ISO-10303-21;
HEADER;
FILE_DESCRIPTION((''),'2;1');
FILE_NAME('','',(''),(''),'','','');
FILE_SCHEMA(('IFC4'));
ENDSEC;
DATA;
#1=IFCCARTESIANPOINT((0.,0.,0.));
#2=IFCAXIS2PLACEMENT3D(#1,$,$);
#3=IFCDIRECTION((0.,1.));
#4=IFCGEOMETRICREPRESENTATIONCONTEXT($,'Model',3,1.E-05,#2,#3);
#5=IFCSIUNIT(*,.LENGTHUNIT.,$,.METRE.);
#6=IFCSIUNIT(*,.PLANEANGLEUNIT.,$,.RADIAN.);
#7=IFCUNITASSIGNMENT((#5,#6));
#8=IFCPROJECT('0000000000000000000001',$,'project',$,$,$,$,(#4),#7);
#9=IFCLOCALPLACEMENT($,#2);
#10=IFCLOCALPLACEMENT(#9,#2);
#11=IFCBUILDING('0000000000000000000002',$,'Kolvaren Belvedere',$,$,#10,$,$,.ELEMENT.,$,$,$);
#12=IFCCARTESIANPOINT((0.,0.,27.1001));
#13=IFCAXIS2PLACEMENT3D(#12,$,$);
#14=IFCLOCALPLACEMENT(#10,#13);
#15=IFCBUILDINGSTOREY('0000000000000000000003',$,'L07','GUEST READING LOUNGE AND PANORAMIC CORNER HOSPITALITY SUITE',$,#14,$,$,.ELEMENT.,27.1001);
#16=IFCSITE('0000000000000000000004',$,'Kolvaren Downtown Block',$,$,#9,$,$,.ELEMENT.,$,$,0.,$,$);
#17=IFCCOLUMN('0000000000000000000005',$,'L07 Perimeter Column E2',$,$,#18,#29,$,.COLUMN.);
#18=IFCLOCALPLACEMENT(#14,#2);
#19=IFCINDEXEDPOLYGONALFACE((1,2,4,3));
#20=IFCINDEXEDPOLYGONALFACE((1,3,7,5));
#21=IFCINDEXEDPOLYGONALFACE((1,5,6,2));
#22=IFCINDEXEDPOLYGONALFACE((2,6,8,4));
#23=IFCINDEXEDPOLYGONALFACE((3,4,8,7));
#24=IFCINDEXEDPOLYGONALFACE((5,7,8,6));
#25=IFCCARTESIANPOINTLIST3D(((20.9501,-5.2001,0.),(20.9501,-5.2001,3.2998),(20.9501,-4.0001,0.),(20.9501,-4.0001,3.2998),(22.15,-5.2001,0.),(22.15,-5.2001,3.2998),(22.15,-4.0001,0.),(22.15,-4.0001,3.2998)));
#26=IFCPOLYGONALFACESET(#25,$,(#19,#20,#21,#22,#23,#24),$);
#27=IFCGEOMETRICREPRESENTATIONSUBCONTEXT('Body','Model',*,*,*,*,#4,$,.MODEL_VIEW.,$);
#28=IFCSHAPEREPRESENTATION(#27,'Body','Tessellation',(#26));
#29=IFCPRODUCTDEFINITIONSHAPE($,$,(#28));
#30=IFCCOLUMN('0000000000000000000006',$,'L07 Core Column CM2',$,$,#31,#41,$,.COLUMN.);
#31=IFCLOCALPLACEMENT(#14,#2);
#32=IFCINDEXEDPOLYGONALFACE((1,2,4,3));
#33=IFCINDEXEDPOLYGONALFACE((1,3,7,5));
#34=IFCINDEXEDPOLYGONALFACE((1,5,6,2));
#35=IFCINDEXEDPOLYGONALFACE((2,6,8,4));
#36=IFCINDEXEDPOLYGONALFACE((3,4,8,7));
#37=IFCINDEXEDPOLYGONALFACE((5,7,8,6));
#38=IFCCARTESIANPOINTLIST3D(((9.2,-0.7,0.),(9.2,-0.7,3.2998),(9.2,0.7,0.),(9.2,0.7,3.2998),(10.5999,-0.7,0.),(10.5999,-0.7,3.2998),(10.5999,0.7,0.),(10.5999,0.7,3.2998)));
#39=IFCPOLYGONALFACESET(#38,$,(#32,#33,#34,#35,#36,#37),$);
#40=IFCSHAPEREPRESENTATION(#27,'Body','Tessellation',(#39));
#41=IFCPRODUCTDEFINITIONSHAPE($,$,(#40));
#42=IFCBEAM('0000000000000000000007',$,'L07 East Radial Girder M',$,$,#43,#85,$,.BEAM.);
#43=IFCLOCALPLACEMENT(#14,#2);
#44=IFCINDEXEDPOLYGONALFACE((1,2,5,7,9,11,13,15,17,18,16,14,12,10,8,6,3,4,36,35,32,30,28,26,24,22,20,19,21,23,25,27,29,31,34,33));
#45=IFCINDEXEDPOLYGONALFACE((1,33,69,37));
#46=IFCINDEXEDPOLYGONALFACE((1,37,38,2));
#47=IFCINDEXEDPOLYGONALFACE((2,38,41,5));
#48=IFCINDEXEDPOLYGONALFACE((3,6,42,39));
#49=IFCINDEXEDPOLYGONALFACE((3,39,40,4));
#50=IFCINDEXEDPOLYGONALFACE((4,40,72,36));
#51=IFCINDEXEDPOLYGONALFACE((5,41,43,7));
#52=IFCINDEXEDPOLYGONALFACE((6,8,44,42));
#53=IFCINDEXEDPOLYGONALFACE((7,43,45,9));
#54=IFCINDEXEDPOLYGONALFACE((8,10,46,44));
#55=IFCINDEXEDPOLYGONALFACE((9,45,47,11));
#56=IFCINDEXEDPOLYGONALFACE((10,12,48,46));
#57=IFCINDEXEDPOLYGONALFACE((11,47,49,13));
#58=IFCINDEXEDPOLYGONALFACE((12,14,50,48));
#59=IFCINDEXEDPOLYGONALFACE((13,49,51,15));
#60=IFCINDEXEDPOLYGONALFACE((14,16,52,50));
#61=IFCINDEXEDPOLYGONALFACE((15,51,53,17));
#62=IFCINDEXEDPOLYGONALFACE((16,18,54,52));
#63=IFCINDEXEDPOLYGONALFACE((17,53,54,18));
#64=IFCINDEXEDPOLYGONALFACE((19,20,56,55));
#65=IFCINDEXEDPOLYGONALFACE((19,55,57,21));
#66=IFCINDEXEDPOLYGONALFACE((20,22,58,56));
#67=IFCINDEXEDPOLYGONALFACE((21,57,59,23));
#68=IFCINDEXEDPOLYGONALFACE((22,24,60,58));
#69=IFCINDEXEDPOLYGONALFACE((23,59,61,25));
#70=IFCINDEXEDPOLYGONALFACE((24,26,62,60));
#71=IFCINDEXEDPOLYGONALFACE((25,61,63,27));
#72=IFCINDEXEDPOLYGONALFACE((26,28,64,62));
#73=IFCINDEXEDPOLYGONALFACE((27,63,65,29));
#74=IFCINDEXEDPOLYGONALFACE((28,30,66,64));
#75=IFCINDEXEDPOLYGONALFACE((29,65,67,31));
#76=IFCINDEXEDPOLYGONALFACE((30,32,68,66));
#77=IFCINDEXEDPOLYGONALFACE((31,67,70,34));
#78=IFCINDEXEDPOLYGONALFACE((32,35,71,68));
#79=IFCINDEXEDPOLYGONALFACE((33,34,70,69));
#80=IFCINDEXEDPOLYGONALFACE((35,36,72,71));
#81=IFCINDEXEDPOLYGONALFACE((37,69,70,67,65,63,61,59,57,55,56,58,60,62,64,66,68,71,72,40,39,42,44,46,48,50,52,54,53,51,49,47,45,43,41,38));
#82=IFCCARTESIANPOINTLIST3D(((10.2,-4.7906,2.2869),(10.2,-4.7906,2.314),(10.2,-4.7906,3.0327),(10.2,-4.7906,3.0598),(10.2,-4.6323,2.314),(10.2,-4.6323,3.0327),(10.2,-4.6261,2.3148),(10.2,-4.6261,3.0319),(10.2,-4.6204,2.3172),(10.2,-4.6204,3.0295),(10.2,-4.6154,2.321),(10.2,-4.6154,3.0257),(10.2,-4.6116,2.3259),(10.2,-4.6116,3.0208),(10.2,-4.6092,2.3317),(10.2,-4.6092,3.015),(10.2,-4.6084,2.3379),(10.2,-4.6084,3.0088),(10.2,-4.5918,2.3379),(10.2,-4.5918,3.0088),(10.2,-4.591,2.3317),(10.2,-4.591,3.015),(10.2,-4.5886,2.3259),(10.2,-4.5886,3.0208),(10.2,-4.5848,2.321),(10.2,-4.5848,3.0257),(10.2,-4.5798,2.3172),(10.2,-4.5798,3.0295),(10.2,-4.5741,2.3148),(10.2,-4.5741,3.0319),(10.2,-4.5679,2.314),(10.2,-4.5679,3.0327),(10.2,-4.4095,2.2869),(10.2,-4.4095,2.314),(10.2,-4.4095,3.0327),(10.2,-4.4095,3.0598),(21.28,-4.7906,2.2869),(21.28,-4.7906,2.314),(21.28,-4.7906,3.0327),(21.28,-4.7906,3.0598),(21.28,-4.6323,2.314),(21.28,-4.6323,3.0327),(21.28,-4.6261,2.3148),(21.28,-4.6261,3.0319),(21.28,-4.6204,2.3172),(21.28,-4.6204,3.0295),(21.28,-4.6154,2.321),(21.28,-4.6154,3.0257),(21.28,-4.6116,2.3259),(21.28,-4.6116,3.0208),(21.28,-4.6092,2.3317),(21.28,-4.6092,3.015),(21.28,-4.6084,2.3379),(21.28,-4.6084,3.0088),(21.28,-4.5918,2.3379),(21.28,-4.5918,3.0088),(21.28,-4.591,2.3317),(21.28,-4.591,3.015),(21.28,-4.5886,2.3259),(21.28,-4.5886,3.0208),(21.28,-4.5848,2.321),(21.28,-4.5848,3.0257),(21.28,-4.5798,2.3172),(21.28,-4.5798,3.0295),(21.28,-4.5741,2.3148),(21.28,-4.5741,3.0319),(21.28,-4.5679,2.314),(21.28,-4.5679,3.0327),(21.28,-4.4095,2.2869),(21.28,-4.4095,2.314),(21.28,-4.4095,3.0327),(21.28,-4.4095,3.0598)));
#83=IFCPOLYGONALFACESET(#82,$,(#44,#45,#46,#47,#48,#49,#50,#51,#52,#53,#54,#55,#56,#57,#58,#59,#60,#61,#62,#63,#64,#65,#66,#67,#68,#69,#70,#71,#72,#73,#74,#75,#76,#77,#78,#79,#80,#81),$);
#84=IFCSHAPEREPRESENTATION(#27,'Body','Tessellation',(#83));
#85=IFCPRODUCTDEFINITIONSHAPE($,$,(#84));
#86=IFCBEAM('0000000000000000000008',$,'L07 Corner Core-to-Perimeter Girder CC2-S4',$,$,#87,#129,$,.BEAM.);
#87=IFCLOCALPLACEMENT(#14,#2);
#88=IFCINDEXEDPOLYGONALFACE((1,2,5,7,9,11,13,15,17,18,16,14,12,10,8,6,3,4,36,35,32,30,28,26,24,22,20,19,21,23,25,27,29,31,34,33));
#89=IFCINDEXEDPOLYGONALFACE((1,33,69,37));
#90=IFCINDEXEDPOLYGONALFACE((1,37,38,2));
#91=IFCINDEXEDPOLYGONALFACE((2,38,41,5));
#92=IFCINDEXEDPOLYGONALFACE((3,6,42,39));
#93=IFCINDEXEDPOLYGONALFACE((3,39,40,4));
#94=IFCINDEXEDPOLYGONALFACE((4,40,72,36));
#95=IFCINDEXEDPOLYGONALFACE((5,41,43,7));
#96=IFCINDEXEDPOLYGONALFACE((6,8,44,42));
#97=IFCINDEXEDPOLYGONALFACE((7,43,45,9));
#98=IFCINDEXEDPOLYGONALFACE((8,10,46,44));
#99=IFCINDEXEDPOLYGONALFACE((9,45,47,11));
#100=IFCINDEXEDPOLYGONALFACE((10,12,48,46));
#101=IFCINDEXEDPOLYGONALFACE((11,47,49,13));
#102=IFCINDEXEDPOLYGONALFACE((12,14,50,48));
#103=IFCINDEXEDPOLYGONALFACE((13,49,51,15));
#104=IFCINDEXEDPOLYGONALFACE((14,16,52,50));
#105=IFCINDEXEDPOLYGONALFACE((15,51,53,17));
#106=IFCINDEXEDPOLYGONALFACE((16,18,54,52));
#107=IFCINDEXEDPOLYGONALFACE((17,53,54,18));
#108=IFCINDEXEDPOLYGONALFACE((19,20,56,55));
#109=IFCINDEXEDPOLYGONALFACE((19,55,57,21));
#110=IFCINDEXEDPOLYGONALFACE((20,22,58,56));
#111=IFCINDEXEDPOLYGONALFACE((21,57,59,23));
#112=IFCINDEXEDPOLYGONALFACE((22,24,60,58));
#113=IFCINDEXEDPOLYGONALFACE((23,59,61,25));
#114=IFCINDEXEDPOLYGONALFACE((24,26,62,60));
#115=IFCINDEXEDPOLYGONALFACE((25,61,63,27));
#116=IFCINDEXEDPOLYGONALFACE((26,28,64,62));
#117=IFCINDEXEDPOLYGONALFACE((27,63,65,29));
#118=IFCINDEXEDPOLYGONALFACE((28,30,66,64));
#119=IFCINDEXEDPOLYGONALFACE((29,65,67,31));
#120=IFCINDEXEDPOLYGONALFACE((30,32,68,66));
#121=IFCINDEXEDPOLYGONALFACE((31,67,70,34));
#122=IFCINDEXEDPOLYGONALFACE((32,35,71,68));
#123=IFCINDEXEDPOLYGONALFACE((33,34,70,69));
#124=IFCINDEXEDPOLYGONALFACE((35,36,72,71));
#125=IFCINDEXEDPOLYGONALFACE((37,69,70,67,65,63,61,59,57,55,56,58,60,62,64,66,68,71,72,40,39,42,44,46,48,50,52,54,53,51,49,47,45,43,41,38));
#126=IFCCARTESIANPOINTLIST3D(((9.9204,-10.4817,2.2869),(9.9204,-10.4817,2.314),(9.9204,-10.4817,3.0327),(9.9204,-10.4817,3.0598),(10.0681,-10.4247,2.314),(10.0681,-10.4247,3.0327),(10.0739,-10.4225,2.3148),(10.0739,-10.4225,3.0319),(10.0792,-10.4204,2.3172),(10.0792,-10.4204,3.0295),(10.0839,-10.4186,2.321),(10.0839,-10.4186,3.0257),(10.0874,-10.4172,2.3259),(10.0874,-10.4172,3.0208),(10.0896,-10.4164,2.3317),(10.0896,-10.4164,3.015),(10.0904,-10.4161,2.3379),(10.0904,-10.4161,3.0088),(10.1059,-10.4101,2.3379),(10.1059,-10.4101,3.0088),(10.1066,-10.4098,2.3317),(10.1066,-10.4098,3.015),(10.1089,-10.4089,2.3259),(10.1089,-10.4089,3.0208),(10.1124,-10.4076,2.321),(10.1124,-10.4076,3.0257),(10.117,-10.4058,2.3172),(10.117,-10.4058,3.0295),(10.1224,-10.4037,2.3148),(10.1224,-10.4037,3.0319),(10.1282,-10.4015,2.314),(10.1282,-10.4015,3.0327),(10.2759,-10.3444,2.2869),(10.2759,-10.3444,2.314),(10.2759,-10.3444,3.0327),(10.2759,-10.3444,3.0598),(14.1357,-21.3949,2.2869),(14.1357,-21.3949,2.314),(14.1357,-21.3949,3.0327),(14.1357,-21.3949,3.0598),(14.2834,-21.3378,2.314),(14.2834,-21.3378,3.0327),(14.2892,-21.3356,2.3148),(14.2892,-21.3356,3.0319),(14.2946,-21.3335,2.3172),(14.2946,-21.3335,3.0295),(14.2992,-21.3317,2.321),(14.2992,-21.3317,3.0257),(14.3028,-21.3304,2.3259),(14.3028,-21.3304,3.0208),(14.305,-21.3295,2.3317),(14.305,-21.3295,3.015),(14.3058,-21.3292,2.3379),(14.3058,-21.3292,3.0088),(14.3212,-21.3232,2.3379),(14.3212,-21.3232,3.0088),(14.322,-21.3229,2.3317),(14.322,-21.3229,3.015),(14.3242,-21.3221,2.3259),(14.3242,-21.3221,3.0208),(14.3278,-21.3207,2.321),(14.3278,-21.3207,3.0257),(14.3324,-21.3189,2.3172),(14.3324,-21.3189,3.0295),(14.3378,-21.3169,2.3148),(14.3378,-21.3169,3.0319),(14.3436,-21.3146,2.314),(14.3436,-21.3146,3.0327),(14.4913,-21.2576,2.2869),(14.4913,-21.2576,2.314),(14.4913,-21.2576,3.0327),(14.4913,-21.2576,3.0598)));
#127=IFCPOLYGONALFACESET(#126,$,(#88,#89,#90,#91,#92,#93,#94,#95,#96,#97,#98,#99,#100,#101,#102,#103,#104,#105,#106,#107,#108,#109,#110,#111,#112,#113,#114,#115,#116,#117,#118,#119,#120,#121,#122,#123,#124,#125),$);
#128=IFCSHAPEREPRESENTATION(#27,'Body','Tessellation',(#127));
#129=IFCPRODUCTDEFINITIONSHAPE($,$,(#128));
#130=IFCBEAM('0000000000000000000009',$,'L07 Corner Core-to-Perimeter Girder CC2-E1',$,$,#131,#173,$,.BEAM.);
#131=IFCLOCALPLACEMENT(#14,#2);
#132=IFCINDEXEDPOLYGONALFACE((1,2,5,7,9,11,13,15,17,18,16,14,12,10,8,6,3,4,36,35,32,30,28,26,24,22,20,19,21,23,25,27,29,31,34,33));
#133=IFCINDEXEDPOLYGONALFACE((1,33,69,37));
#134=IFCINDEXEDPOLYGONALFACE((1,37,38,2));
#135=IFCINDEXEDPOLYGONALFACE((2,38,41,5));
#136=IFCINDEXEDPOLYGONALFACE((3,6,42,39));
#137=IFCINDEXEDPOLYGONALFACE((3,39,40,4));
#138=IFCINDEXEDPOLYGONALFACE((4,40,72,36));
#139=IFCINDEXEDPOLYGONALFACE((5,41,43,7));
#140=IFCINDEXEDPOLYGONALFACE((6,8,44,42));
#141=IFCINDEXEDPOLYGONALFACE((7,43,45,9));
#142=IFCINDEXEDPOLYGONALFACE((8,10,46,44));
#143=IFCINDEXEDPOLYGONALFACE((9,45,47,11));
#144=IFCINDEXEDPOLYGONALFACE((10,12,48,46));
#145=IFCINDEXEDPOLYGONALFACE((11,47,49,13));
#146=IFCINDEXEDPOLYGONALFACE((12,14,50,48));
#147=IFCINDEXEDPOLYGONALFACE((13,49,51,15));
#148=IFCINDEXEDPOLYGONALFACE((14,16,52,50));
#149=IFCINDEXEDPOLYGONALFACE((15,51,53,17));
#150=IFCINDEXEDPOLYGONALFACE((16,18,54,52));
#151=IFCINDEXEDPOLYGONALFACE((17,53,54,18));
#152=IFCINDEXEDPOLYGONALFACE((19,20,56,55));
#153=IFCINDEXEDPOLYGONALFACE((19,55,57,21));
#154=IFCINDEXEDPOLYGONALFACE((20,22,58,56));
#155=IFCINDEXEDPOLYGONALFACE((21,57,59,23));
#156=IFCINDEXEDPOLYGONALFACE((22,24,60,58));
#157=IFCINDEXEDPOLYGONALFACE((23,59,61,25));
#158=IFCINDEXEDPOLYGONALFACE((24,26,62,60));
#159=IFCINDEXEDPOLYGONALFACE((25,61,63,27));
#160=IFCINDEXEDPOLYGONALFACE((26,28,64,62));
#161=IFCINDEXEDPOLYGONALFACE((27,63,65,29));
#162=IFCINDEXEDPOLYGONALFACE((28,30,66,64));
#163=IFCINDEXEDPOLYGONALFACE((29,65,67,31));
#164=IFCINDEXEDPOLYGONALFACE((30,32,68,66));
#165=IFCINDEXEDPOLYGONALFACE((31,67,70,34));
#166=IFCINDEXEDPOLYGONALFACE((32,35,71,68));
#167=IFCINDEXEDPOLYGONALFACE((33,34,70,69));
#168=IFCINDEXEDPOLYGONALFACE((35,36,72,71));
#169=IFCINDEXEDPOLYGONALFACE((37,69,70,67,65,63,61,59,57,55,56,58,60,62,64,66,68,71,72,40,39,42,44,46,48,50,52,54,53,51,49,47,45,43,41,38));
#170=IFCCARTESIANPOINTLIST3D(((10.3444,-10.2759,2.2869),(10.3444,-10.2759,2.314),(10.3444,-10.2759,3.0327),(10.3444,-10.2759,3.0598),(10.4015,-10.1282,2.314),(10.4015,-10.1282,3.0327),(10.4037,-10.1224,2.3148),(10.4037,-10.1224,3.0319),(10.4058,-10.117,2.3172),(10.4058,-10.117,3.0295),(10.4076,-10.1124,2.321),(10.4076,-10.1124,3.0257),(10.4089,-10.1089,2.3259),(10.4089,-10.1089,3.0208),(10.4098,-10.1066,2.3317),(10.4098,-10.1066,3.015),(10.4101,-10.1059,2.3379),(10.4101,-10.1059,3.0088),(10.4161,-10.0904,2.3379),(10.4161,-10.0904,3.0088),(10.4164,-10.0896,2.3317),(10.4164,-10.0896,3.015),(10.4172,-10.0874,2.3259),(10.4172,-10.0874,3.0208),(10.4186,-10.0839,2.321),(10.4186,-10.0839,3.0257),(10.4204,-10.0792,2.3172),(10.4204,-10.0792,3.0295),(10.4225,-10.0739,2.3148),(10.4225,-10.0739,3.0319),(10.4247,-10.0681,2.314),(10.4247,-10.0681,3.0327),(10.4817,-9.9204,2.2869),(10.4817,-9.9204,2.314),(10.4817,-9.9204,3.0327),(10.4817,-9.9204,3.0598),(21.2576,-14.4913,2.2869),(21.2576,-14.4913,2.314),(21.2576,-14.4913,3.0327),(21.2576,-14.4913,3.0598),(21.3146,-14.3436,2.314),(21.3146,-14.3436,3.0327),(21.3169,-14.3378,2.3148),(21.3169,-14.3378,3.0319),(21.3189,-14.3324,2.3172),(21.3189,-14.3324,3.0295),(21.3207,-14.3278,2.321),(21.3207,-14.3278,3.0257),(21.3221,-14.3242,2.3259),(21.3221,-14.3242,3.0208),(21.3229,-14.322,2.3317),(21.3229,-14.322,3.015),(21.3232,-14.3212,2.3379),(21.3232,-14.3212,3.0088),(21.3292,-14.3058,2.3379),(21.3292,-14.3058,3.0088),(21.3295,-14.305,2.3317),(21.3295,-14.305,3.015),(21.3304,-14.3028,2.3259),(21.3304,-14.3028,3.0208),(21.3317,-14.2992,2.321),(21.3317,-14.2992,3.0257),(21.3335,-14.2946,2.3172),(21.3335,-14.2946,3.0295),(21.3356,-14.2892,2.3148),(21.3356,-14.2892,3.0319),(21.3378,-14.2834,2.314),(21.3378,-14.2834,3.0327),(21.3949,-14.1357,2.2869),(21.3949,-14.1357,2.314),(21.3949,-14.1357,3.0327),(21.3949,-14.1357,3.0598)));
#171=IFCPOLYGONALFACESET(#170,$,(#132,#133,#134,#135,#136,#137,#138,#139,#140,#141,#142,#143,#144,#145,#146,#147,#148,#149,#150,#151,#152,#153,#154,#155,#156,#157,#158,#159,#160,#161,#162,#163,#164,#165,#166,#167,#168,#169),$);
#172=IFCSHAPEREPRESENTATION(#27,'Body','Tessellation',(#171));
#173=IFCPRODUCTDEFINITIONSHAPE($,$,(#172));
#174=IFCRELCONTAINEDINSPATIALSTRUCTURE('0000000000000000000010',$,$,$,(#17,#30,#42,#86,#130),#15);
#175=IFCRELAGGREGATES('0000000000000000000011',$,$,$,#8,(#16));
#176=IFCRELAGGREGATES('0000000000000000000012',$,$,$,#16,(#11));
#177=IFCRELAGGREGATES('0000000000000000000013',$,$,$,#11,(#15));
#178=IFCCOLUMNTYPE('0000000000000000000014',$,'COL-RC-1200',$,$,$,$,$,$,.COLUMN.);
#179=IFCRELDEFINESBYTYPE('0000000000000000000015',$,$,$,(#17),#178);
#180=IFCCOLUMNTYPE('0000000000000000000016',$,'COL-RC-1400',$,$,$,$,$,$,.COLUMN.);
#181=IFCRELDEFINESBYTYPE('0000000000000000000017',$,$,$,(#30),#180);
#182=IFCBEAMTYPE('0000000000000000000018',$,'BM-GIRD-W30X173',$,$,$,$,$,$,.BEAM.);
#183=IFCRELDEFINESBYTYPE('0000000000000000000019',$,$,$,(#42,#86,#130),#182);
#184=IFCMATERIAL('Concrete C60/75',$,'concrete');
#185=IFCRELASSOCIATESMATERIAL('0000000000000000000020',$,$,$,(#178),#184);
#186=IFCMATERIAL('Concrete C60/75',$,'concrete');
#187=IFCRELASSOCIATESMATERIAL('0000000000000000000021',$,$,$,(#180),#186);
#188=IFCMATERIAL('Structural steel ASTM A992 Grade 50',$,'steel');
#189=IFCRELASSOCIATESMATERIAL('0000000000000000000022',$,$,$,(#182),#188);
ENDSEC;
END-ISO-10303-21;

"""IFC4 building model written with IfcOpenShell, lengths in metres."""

from ifc_helpers import new_model, si_unit, direction, frame, origin, origin_2d, place, context, subcontext, project, spatial, rectangle, i_section, extrude, material, material_profile, profile_set, type_object, element, save


model = new_model("IFC4")

# Units and contexts
model_context = context("Model", 3, precision=1e-05, world=origin(), true_north=direction((0.0, 1.0)))
body_context = subcontext(model_context, "Body", "Model", "MODEL_VIEW")
ifc_project = project(units=[si_unit("LENGTHUNIT", "METRE"), si_unit("PLANEANGLEUNIT", "RADIAN")], contexts=[model_context])

# Site, building, storey
site_placement = place(None, origin())
site = spatial("IfcSite", under=ifc_project, at=site_placement, Name="Kolvaren Downtown Block", CompositionType="ELEMENT", RefElevation=0.0)
building_placement = place(site_placement, origin())
building = spatial("IfcBuilding", under=site, at=building_placement, Name="Kolvaren Belvedere", CompositionType="ELEMENT")
storey_placement = place(building_placement, frame((0.0, 0.0, 27.1001)))
storey = spatial("IfcBuildingStorey", under=building, at=storey_placement, Name="L07", Description="GUEST READING LOUNGE AND PANORAMIC CORNER HOSPITALITY SUITE", CompositionType="ELEMENT", Elevation=27.1001)

# Columns
ifc_material_1 = material(Name="Concrete C60/75", Category="concrete")
ifc_material_profile_1 = material_profile(ifc_material_1, rectangle(XDim=1.2, YDim=1.2, at=origin_2d()), Name="RC 1200X1200")
ifc_profile_set_1 = profile_set([ifc_material_profile_1], Name="Concrete C60/75")
column_type_1 = type_object("IfcColumnType", Name="COL-RC-1200", PredefinedType="COLUMN", material=ifc_profile_set_1)
column_1_placement = place(storey_placement, frame((21.55, -4.6001, 0.0), z_axis=(0.0, 0.0, 1.0), x_axis=(1.0, 0.0, 0.0)))
element("IfcColumn", 1, at=column_1_placement, inside=storey, type_object=column_type_1, Name="L07 Perimeter Column E2", PredefinedType="COLUMN", context=body_context, shape_type="SweptSolid", body=[
    extrude(rectangle(XDim=1.2, YDim=1.2, at=origin_2d()), origin(), (0.0, 0.0, 1.0), 3.2998),
])
ifc_material_2 = material(Name="Concrete C60/75", Category="concrete")
ifc_material_profile_2 = material_profile(ifc_material_2, rectangle(XDim=1.3999, YDim=1.3999, at=origin_2d()), Name="RC 1400X1400")
ifc_profile_set_2 = profile_set([ifc_material_profile_2], Name="Concrete C60/75")
column_type_2 = type_object("IfcColumnType", Name="COL-RC-1400", PredefinedType="COLUMN", material=ifc_profile_set_2)
column_2_placement = place(storey_placement, frame((9.8999, 0.0, 0.0), z_axis=(0.0, 0.0, 1.0), x_axis=(1.0, 0.0, 0.0)))
element("IfcColumn", 2, at=column_2_placement, inside=storey, type_object=column_type_2, Name="L07 Core Column CM2", PredefinedType="COLUMN", context=body_context, shape_type="SweptSolid", body=[
    extrude(rectangle(XDim=1.3999, YDim=1.3999, at=origin_2d()), origin(), (0.0, 0.0, 1.0), 3.2998),
])

# Beams
ifc_material_3 = material(Name="Structural steel ASTM A992 Grade 50", Category="steel")
ifc_material_profile_3 = material_profile(ifc_material_3, i_section(OverallWidth=0.3811, OverallDepth=0.7729, WebThickness=0.0166, FlangeThickness=0.0271, FilletRadius=0.0239, at=origin_2d()), Name="W30X173")
ifc_profile_set_3 = profile_set([ifc_material_profile_3], Name="Structural steel ASTM A992 Grade 50")
beam_type_1 = type_object("IfcBeamType", Name="BM-GIRD-W30X173", PredefinedType="BEAM", material=ifc_profile_set_3)
beam_1_placement = place(storey_placement, frame((10.2, -4.6001, 2.6733), z_axis=(1.0, 0.0, 0.0), x_axis=(0.0, 1.0, 0.0)))
element("IfcBeam", 3, at=beam_1_placement, inside=storey, type_object=beam_type_1, Name="L07 East Radial Girder M", PredefinedType="BEAM", context=body_context, shape_type="SweptSolid", body=[
    extrude(i_section(OverallWidth=0.3811, OverallDepth=0.7729, WebThickness=0.0166, FlangeThickness=0.0271, FilletRadius=0.0239, at=origin_2d()), origin(), (0.0, 0.0, 1.0), 11.0801),
])
for number, where, z_axis, x_axis, name in (
    (4, (10.0981, -10.4131, 2.6733), (0.360318, -0.932829, 0.0), (0.932829, 0.360318, 0.0), "L07 Corner Core-to-Perimeter Girder CC2-S4"),
    (5, (10.4131, -10.0981, 2.6733), (0.932829, -0.360318, 0.0), (0.360318, 0.932829, 0.0), "L07 Corner Core-to-Perimeter Girder CC2-E1"),
):
    element("IfcBeam", number, at=place(storey_placement, frame(where, z_axis=z_axis, x_axis=x_axis)), inside=storey, type_object=beam_type_1, Name=name, PredefinedType="BEAM", context=body_context, shape_type="SweptSolid", body=[
        extrude(i_section(OverallWidth=0.3811, OverallDepth=0.7729, WebThickness=0.0166, FlangeThickness=0.0271, FilletRadius=0.0239, at=origin_2d()), origin(), (0.0, 0.0, 1.0), 11.699),
    ])

save(model, "model.ifc")
